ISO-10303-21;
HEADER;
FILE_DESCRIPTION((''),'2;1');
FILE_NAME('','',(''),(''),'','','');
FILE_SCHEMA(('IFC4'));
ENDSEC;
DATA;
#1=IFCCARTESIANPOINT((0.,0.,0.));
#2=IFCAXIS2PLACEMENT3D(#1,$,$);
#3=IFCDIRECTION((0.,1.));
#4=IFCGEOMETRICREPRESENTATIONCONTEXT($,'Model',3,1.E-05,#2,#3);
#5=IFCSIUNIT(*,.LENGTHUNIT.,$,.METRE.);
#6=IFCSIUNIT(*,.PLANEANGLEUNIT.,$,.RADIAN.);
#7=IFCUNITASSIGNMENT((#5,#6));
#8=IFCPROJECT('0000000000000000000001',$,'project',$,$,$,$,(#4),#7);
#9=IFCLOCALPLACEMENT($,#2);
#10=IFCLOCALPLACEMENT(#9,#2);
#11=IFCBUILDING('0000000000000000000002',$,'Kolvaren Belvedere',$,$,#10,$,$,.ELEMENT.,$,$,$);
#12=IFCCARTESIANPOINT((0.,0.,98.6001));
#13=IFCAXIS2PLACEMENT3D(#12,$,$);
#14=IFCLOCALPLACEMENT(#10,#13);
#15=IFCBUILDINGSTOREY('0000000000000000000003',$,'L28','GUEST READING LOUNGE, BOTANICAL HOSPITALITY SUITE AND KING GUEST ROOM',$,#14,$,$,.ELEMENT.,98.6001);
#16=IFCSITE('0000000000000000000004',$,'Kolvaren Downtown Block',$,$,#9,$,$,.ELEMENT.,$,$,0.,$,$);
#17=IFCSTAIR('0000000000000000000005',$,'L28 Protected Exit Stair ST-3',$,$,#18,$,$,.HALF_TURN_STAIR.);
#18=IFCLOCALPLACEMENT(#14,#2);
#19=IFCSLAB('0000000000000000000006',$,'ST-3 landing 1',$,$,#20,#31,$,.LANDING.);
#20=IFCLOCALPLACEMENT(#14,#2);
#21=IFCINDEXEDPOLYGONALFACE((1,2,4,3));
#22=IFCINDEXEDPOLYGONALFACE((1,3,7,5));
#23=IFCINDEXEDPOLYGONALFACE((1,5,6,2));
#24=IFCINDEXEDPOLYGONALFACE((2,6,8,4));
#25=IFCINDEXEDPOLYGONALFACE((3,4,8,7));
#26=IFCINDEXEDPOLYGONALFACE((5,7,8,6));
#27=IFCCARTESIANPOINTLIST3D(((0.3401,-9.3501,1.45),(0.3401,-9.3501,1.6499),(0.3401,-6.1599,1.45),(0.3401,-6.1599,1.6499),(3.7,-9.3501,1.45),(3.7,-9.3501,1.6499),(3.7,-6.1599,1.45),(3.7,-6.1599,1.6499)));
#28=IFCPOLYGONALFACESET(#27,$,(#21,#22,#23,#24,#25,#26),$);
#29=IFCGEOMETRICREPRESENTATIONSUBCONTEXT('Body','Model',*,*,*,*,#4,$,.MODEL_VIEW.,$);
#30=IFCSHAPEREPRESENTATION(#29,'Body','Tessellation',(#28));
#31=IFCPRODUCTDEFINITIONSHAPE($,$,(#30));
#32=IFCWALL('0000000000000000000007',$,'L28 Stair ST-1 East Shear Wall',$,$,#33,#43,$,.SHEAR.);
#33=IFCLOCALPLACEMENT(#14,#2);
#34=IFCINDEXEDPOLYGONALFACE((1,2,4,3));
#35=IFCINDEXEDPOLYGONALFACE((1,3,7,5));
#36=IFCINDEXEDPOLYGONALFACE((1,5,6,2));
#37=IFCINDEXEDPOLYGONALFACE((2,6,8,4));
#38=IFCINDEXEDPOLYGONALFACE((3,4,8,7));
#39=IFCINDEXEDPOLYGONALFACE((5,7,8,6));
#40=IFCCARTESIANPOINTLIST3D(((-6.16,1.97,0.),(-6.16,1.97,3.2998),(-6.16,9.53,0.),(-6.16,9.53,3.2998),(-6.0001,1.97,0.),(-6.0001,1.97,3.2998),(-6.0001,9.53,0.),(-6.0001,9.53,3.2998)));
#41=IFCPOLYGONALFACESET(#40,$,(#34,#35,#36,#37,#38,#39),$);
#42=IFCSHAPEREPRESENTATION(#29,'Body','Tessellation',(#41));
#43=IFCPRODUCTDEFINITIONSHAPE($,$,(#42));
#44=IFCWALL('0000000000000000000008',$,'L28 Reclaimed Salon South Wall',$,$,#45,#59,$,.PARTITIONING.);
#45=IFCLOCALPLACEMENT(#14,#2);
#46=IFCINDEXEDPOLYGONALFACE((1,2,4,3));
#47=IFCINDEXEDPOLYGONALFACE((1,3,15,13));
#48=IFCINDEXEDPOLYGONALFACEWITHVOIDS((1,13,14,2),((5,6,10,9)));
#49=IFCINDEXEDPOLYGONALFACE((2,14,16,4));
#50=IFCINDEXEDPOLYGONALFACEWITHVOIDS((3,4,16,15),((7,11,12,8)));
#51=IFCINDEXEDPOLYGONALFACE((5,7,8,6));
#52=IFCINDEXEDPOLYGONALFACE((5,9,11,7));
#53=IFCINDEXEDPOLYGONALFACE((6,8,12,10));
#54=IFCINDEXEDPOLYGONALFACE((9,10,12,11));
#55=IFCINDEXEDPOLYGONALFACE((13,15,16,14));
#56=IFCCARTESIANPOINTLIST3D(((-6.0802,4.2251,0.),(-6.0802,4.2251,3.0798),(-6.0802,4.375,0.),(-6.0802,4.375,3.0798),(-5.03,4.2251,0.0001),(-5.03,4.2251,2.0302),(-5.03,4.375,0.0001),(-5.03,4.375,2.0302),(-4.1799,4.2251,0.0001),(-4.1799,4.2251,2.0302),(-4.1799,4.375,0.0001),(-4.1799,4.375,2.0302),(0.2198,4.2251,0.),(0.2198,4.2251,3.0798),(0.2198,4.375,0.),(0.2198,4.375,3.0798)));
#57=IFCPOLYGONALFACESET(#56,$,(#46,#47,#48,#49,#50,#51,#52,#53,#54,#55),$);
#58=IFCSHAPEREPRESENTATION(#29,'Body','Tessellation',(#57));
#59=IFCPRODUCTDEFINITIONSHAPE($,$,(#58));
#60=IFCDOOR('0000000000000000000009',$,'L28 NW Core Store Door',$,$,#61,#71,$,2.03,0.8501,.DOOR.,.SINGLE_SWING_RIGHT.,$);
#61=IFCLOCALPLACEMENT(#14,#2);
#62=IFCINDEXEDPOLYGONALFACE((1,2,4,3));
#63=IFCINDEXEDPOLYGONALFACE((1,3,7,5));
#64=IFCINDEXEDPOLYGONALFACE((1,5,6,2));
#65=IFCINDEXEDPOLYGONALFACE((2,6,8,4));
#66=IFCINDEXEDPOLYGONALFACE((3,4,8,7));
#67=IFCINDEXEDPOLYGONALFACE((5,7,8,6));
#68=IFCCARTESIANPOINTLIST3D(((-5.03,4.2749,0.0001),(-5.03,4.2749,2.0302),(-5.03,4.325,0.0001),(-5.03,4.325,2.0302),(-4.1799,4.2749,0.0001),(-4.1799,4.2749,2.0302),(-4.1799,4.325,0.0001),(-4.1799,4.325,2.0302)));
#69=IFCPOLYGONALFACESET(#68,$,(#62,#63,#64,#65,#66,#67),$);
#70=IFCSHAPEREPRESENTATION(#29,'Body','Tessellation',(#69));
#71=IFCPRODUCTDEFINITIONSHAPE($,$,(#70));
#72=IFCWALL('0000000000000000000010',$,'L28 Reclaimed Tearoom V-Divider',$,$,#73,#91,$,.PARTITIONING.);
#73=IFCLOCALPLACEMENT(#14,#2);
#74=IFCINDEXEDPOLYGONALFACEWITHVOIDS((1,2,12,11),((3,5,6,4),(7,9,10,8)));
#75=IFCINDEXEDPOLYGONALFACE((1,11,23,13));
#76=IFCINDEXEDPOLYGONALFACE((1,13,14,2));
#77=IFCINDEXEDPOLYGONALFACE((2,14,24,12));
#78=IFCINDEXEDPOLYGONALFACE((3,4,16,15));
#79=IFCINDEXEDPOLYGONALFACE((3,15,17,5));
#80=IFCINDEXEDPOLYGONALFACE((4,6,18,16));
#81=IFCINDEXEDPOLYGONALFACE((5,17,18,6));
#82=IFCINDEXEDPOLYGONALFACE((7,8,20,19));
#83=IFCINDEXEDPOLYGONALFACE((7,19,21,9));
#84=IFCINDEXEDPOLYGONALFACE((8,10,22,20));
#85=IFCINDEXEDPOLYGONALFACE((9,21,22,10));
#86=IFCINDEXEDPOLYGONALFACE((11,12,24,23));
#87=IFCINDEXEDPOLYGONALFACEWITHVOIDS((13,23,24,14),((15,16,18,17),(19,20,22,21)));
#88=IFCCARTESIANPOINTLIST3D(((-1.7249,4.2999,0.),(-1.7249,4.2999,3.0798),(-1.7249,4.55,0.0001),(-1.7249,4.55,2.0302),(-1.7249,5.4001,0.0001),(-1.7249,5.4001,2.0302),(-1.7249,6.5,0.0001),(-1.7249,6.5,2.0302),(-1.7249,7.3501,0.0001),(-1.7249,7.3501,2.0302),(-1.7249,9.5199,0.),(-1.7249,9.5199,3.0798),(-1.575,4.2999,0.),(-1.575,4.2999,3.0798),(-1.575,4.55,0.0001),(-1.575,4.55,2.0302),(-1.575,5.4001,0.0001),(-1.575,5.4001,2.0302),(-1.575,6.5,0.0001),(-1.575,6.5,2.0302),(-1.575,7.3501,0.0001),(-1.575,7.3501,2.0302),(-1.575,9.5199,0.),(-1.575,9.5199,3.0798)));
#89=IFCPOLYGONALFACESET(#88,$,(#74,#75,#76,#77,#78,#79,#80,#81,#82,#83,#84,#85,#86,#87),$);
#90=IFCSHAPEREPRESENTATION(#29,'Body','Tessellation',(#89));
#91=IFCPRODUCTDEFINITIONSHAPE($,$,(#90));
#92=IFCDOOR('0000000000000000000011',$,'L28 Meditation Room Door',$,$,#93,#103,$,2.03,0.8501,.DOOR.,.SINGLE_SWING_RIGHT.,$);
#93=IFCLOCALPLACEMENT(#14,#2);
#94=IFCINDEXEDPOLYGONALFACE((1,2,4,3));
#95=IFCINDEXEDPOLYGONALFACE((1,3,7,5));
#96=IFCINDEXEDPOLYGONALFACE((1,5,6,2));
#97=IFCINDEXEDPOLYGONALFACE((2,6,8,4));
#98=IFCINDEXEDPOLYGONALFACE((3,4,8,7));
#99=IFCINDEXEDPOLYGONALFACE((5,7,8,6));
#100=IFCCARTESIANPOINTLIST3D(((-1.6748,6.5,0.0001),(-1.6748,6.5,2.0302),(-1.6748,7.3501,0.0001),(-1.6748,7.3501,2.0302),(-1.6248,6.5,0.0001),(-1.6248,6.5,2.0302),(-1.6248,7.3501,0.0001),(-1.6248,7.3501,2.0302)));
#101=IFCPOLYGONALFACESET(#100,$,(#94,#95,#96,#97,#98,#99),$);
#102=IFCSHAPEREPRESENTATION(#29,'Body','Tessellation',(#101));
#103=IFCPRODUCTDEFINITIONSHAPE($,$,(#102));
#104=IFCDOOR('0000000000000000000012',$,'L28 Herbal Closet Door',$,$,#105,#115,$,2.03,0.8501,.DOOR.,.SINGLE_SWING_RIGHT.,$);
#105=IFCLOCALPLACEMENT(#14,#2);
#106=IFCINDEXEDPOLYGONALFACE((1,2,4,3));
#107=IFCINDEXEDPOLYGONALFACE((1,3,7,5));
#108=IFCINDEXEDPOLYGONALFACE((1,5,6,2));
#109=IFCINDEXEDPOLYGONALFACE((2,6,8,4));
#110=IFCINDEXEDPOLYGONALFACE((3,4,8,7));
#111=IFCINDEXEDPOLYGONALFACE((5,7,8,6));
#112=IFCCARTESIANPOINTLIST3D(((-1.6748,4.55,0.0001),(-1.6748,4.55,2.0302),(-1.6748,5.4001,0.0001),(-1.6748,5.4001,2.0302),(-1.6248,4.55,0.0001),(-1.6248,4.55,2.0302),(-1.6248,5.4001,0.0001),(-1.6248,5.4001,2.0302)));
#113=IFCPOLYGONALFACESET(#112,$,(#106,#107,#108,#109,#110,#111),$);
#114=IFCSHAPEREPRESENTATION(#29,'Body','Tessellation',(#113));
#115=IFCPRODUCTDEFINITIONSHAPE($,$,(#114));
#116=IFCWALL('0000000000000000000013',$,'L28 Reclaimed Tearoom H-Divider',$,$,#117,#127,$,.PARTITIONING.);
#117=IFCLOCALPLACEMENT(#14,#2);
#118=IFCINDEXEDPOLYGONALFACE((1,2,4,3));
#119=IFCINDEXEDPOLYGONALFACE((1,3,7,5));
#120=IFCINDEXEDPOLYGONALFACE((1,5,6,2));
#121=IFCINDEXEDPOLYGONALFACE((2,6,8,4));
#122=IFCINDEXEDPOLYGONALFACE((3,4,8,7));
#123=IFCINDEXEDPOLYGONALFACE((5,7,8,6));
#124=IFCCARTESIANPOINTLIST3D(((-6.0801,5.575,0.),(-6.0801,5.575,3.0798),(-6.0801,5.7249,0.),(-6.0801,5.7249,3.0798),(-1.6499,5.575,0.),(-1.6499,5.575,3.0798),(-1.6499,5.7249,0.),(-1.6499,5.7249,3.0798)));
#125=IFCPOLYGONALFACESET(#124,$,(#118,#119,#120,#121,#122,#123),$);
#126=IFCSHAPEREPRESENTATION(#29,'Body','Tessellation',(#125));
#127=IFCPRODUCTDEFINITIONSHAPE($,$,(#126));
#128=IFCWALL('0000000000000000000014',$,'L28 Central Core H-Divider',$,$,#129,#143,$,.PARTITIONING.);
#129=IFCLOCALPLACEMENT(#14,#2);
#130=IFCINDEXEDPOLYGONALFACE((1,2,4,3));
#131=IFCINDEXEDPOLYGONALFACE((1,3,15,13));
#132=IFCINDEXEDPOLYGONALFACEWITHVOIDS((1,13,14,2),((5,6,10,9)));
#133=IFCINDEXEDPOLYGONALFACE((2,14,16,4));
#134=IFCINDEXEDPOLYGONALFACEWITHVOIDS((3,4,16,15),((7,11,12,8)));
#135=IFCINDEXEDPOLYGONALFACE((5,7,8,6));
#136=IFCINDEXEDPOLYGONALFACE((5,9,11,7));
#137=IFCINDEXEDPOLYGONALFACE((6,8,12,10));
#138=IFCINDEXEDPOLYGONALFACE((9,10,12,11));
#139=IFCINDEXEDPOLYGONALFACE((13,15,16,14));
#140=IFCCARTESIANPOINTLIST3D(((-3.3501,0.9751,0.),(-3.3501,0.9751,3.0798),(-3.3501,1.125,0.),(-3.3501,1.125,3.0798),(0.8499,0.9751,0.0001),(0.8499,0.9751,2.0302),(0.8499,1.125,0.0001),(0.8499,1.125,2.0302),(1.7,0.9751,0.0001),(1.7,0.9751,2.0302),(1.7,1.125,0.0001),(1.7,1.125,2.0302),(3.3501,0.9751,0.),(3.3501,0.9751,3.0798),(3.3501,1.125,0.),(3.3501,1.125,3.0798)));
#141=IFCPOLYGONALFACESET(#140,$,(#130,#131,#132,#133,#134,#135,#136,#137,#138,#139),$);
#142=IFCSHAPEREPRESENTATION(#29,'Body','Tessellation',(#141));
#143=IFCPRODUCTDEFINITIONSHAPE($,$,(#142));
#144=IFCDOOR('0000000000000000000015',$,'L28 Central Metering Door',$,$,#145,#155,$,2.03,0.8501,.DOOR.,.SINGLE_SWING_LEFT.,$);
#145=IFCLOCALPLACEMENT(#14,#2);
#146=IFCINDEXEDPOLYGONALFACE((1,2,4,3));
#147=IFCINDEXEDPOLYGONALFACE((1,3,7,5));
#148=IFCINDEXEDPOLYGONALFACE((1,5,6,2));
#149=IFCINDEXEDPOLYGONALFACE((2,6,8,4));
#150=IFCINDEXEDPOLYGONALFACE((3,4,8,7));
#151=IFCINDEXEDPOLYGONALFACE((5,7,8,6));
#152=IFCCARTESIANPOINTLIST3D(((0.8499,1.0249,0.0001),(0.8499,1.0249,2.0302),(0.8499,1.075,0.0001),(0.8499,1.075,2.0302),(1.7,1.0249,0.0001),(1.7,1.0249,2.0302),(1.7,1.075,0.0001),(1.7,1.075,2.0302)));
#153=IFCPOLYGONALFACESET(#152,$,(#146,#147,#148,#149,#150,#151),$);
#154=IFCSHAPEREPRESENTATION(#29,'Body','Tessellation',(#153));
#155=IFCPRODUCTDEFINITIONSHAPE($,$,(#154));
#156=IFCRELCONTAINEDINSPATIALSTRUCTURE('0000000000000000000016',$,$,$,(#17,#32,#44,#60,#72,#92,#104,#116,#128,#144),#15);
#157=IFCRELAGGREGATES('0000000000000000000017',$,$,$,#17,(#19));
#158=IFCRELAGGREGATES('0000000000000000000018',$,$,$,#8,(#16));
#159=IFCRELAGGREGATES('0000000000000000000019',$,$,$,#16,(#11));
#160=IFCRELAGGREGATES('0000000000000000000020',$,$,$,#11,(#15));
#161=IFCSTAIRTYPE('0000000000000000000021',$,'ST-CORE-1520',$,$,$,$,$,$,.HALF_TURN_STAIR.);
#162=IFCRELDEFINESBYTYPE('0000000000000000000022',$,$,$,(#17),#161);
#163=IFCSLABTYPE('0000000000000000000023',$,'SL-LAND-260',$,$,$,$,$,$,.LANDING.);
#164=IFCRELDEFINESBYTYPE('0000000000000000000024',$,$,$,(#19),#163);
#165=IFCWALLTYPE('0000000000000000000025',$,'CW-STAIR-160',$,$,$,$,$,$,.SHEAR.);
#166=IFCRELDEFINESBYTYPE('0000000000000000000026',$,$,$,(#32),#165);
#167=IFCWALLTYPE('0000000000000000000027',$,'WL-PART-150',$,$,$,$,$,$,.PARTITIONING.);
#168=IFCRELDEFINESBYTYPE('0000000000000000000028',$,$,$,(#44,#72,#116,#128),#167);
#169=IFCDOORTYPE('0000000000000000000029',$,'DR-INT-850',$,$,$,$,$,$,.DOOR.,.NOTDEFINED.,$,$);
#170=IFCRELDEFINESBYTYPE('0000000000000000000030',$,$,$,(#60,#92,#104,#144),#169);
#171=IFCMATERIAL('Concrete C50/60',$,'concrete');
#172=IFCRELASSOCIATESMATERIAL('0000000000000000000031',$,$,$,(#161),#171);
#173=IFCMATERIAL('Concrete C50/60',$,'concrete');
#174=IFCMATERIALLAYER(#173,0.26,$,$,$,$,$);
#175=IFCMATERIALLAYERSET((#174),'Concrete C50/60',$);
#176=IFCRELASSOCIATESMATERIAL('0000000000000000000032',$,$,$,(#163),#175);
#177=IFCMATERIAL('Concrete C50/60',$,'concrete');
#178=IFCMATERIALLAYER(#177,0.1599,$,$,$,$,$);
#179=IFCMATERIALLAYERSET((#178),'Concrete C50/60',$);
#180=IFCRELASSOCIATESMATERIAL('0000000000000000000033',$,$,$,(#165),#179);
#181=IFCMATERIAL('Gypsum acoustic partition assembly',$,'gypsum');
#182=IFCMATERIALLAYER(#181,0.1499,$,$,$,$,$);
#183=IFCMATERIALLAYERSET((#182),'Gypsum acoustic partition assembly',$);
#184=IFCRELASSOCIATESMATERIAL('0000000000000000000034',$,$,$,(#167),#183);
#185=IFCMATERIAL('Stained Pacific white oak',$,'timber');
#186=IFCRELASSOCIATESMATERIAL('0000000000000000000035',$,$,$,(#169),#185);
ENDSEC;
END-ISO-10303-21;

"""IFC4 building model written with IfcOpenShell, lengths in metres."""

from ifc_helpers import new_model, si_unit, direction, frame, frame_2d, origin, place, context, subcontext, project, spatial, polyline, rectangle, outline, extrude, material, layer, layer_set, type_object, element, fill, aggregate, save


model = new_model("IFC4")

# Units and contexts
model_context = context("Model", 3, precision=1e-05, world=origin(), true_north=direction((0.0, 1.0)))
body_context = subcontext(model_context, "Body", "Model", "MODEL_VIEW")
ifc_project = project(units=[si_unit("LENGTHUNIT", "METRE"), si_unit("PLANEANGLEUNIT", "RADIAN")], contexts=[model_context])

# Site, building, storey
site_placement = place(None, origin())
site = spatial("IfcSite", under=ifc_project, at=site_placement, Name="Kolvaren Downtown Block", CompositionType="ELEMENT", RefElevation=0.0)
building_placement = place(site_placement, origin())
building = spatial("IfcBuilding", under=site, at=building_placement, Name="Kolvaren Belvedere", CompositionType="ELEMENT")
storey_placement = place(building_placement, frame((0.0, 0.0, 98.6001)))
storey = spatial("IfcBuildingStorey", under=building, at=storey_placement, Name="L28", Description="GUEST READING LOUNGE, BOTANICAL HOSPITALITY SUITE AND KING GUEST ROOM", CompositionType="ELEMENT", Elevation=98.6001)

# Stair, slab
ifc_material_1 = material(Name="Concrete C50/60", Category="concrete")
stair_type = type_object("IfcStairType", Name="ST-CORE-1520", PredefinedType="HALF_TURN_STAIR", material=ifc_material_1)
ifc_material_2 = material(Name="Concrete C50/60", Category="concrete")
ifc_layer_1 = layer(ifc_material_2, 0.26)
ifc_layer_set_1 = layer_set([ifc_layer_1], Name="Concrete C50/60")
slab_type = type_object("IfcSlabType", Name="SL-LAND-260", PredefinedType="LANDING", material=ifc_layer_set_1)
stair_1_placement = place(storey_placement, origin())
stair_1 = element("IfcStair", 1, at=stair_1_placement, inside=storey, type_object=stair_type, Name="L28 Protected Exit Stair ST-3", PredefinedType="HALF_TURN_STAIR")
slab_1_placement = place(storey_placement, frame((0.0, 0.0, 1.45)))
slab_1 = element("IfcSlab", 2, at=slab_1_placement, type_object=slab_type, Name="ST-3 landing 1", PredefinedType="LANDING", context=body_context, shape_type="SweptSolid", body=[
    extrude(outline(polyline([(0.3401, -9.3501), (3.7, -9.3501), (3.7, -6.1599), (0.3401, -6.1599), (0.3401, -9.3501)])), origin(), (0.0, 0.0, 1.0), 0.2),
])
aggregate(stair_1, [slab_1])

# Wall
ifc_material_3 = material(Name="Concrete C50/60", Category="concrete")
ifc_layer_2 = layer(ifc_material_3, 0.1599)
ifc_layer_set_2 = layer_set([ifc_layer_2], Name="Concrete C50/60")
wall_type_1 = type_object("IfcWallType", Name="CW-STAIR-160", PredefinedType="SHEAR", material=ifc_layer_set_2)
wall_1_placement = place(storey_placement, frame((-6.0801, 1.97, 0.0), z_axis=(0.0, 0.0, 1.0), x_axis=(0.0, 1.0, 0.0)))
element("IfcWall", 3, at=wall_1_placement, inside=storey, type_object=wall_type_1, Name="L28 Stair ST-1 East Shear Wall", PredefinedType="SHEAR", context=body_context, shape_type="SweptSolid", body=[
    extrude(rectangle(XDim=7.5601, YDim=0.1599, at=frame_2d((3.78, 0.0))), origin(), (0.0, 0.0, 1.0), 3.2998),
])

# Wall, opening, door
ifc_material_4 = material(Name="Gypsum acoustic partition assembly", Category="gypsum")
ifc_layer_3 = layer(ifc_material_4, 0.1499)
ifc_layer_set_3 = layer_set([ifc_layer_3], Name="Gypsum acoustic partition assembly")
wall_type_2 = type_object("IfcWallType", Name="WL-PART-150", PredefinedType="PARTITIONING", material=ifc_layer_set_3)
wall_2_placement = place(storey_placement, frame((-6.0801, 4.3, 0.0), z_axis=(0.0, 0.0, 1.0), x_axis=(1.0, 0.0, 0.0)))
wall_2 = element("IfcWall", 4, at=wall_2_placement, inside=storey, type_object=wall_type_2, Name="L28 Reclaimed Salon South Wall", PredefinedType="PARTITIONING", context=body_context, shape_type="SweptSolid", body=[
    extrude(rectangle(XDim=6.3, YDim=0.1499, at=frame_2d((3.1499, 0.0))), origin(), (0.0, 0.0, 1.0), 3.0798),
])
opening_1_placement = place(wall_2_placement, frame((1.05, 0.0, 0.0)))
opening_1 = element("IfcOpeningElement", 5, at=opening_1_placement, cuts=wall_2, PredefinedType="OPENING", context=body_context, shape_type="SweptSolid", body=[
    extrude(rectangle(XDim=0.8501, YDim=2.03, at=frame_2d((0.425, 1.0151))), frame((0.0, 0.085, 0.0), z_axis=(0.0, -1.0, 0.0), x_axis=(1.0, 0.0, 0.0)), (0.0, 0.0, 1.0), 0.1699),
])
ifc_material_5 = material(Name="Stained Pacific white oak", Category="timber")
door_type = type_object("IfcDoorType", Name="DR-INT-850", OperationType="NOTDEFINED", PredefinedType="DOOR", material=ifc_material_5)
door_1_placement = place(opening_1_placement, origin())
door_1 = element("IfcDoor", 6, at=door_1_placement, inside=storey, type_object=door_type, Name="L28 NW Core Store Door", OperationType="SINGLE_SWING_RIGHT", OverallHeight=2.03, OverallWidth=0.8501, PredefinedType="DOOR", context=body_context, shape_type="SweptSolid", body=[
    extrude(rectangle(XDim=0.8501, YDim=2.03, at=frame_2d((0.425, 1.0151))), frame((0.0, 0.0249, 0.0), z_axis=(0.0, -1.0, 0.0), x_axis=(1.0, 0.0, 0.0)), (0.0, 0.0, 1.0), 0.05),
])
fill(opening_1, door_1)

# Wall, openings, doors
wall_3_placement = place(storey_placement, frame((-1.6499, 4.3, 0.0), z_axis=(0.0, 0.0, 1.0), x_axis=(0.0, 1.0, 0.0)))
wall_3 = element("IfcWall", 7, at=wall_3_placement, inside=storey, type_object=wall_type_2, Name="L28 Reclaimed Tearoom V-Divider", PredefinedType="PARTITIONING", context=body_context, shape_type="SweptSolid", body=[
    extrude(rectangle(XDim=5.22, YDim=0.1499, at=frame_2d((2.6099, 0.0))), origin(), (0.0, 0.0, 1.0), 3.0798),
])
opening_2_placement = place(wall_3_placement, frame((2.2, 0.0, 0.0)))
opening_2 = element("IfcOpeningElement", 8, at=opening_2_placement, cuts=wall_3, PredefinedType="OPENING", context=body_context, shape_type="SweptSolid", body=[
    extrude(rectangle(XDim=0.8501, YDim=2.03, at=frame_2d((0.425, 1.0151))), frame((0.0, 0.085, 0.0), z_axis=(0.0, -1.0, 0.0), x_axis=(1.0, 0.0, 0.0)), (0.0, 0.0, 1.0), 0.1699),
])
opening_3_placement = place(wall_3_placement, frame((0.25, 0.0, 0.0)))
opening_3 = element("IfcOpeningElement", 9, at=opening_3_placement, cuts=wall_3, PredefinedType="OPENING", context=body_context, shape_type="SweptSolid", body=[
    extrude(rectangle(XDim=0.8501, YDim=2.03, at=frame_2d((0.425, 1.0151))), frame((0.0, 0.085, 0.0), z_axis=(0.0, -1.0, 0.0), x_axis=(1.0, 0.0, 0.0)), (0.0, 0.0, 1.0), 0.1699),
])
door_2_placement = place(opening_2_placement, origin())
door_2 = element("IfcDoor", 10, at=door_2_placement, inside=storey, type_object=door_type, Name="L28 Meditation Room Door", OperationType="SINGLE_SWING_RIGHT", OverallHeight=2.03, OverallWidth=0.8501, PredefinedType="DOOR", context=body_context, shape_type="SweptSolid", body=[
    extrude(rectangle(XDim=0.8501, YDim=2.03, at=frame_2d((0.425, 1.0151))), frame((0.0, 0.0249, 0.0), z_axis=(0.0, -1.0, 0.0), x_axis=(1.0, 0.0, 0.0)), (0.0, 0.0, 1.0), 0.05),
])
fill(opening_2, door_2)
door_3_placement = place(opening_3_placement, origin())
door_3 = element("IfcDoor", 11, at=door_3_placement, inside=storey, type_object=door_type, Name="L28 Herbal Closet Door", OperationType="SINGLE_SWING_RIGHT", OverallHeight=2.03, OverallWidth=0.8501, PredefinedType="DOOR", context=body_context, shape_type="SweptSolid", body=[
    extrude(rectangle(XDim=0.8501, YDim=2.03, at=frame_2d((0.425, 1.0151))), frame((0.0, 0.0249, 0.0), z_axis=(0.0, -1.0, 0.0), x_axis=(1.0, 0.0, 0.0)), (0.0, 0.0, 1.0), 0.05),
])
fill(opening_3, door_3)

# Wall
wall_4_placement = place(storey_placement, frame((-6.0801, 5.6499, 0.0), z_axis=(0.0, 0.0, 1.0), x_axis=(1.0, 0.0, 0.0)))
element("IfcWall", 12, at=wall_4_placement, inside=storey, type_object=wall_type_2, Name="L28 Reclaimed Tearoom H-Divider", PredefinedType="PARTITIONING", context=body_context, shape_type="SweptSolid", body=[
    extrude(rectangle(XDim=4.4302, YDim=0.1499, at=frame_2d((2.2151, 0.0))), origin(), (0.0, 0.0, 1.0), 3.0798),
])

# Wall, opening, door
wall_5_placement = place(storey_placement, frame((-3.3501, 1.05, 0.0), z_axis=(0.0, 0.0, 1.0), x_axis=(1.0, 0.0, 0.0)))
wall_5 = element("IfcWall", 13, at=wall_5_placement, inside=storey, type_object=wall_type_2, Name="L28 Central Core H-Divider", PredefinedType="PARTITIONING", context=body_context, shape_type="SweptSolid", body=[
    extrude(rectangle(XDim=6.7002, YDim=0.1499, at=frame_2d((3.3501, 0.0))), origin(), (0.0, 0.0, 1.0), 3.0798),
])
opening_4_placement = place(wall_5_placement, frame((4.2, 0.0, 0.0)))
opening_4 = element("IfcOpeningElement", 14, at=opening_4_placement, cuts=wall_5, PredefinedType="OPENING", context=body_context, shape_type="SweptSolid", body=[
    extrude(rectangle(XDim=0.8501, YDim=2.03, at=frame_2d((0.425, 1.0151))), frame((0.0, 0.085, 0.0), z_axis=(0.0, -1.0, 0.0), x_axis=(1.0, 0.0, 0.0)), (0.0, 0.0, 1.0), 0.1699),
])
door_4_placement = place(opening_4_placement, origin())
door_4 = element("IfcDoor", 15, at=door_4_placement, inside=storey, type_object=door_type, Name="L28 Central Metering Door", OperationType="SINGLE_SWING_LEFT", OverallHeight=2.03, OverallWidth=0.8501, PredefinedType="DOOR", context=body_context, shape_type="SweptSolid", body=[
    extrude(rectangle(XDim=0.8501, YDim=2.03, at=frame_2d((0.425, 1.0151))), frame((0.0, 0.0249, 0.0), z_axis=(0.0, -1.0, 0.0), x_axis=(1.0, 0.0, 0.0)), (0.0, 0.0, 1.0), 0.05),
])
fill(opening_4, door_4)

save(model, "model.ifc")
